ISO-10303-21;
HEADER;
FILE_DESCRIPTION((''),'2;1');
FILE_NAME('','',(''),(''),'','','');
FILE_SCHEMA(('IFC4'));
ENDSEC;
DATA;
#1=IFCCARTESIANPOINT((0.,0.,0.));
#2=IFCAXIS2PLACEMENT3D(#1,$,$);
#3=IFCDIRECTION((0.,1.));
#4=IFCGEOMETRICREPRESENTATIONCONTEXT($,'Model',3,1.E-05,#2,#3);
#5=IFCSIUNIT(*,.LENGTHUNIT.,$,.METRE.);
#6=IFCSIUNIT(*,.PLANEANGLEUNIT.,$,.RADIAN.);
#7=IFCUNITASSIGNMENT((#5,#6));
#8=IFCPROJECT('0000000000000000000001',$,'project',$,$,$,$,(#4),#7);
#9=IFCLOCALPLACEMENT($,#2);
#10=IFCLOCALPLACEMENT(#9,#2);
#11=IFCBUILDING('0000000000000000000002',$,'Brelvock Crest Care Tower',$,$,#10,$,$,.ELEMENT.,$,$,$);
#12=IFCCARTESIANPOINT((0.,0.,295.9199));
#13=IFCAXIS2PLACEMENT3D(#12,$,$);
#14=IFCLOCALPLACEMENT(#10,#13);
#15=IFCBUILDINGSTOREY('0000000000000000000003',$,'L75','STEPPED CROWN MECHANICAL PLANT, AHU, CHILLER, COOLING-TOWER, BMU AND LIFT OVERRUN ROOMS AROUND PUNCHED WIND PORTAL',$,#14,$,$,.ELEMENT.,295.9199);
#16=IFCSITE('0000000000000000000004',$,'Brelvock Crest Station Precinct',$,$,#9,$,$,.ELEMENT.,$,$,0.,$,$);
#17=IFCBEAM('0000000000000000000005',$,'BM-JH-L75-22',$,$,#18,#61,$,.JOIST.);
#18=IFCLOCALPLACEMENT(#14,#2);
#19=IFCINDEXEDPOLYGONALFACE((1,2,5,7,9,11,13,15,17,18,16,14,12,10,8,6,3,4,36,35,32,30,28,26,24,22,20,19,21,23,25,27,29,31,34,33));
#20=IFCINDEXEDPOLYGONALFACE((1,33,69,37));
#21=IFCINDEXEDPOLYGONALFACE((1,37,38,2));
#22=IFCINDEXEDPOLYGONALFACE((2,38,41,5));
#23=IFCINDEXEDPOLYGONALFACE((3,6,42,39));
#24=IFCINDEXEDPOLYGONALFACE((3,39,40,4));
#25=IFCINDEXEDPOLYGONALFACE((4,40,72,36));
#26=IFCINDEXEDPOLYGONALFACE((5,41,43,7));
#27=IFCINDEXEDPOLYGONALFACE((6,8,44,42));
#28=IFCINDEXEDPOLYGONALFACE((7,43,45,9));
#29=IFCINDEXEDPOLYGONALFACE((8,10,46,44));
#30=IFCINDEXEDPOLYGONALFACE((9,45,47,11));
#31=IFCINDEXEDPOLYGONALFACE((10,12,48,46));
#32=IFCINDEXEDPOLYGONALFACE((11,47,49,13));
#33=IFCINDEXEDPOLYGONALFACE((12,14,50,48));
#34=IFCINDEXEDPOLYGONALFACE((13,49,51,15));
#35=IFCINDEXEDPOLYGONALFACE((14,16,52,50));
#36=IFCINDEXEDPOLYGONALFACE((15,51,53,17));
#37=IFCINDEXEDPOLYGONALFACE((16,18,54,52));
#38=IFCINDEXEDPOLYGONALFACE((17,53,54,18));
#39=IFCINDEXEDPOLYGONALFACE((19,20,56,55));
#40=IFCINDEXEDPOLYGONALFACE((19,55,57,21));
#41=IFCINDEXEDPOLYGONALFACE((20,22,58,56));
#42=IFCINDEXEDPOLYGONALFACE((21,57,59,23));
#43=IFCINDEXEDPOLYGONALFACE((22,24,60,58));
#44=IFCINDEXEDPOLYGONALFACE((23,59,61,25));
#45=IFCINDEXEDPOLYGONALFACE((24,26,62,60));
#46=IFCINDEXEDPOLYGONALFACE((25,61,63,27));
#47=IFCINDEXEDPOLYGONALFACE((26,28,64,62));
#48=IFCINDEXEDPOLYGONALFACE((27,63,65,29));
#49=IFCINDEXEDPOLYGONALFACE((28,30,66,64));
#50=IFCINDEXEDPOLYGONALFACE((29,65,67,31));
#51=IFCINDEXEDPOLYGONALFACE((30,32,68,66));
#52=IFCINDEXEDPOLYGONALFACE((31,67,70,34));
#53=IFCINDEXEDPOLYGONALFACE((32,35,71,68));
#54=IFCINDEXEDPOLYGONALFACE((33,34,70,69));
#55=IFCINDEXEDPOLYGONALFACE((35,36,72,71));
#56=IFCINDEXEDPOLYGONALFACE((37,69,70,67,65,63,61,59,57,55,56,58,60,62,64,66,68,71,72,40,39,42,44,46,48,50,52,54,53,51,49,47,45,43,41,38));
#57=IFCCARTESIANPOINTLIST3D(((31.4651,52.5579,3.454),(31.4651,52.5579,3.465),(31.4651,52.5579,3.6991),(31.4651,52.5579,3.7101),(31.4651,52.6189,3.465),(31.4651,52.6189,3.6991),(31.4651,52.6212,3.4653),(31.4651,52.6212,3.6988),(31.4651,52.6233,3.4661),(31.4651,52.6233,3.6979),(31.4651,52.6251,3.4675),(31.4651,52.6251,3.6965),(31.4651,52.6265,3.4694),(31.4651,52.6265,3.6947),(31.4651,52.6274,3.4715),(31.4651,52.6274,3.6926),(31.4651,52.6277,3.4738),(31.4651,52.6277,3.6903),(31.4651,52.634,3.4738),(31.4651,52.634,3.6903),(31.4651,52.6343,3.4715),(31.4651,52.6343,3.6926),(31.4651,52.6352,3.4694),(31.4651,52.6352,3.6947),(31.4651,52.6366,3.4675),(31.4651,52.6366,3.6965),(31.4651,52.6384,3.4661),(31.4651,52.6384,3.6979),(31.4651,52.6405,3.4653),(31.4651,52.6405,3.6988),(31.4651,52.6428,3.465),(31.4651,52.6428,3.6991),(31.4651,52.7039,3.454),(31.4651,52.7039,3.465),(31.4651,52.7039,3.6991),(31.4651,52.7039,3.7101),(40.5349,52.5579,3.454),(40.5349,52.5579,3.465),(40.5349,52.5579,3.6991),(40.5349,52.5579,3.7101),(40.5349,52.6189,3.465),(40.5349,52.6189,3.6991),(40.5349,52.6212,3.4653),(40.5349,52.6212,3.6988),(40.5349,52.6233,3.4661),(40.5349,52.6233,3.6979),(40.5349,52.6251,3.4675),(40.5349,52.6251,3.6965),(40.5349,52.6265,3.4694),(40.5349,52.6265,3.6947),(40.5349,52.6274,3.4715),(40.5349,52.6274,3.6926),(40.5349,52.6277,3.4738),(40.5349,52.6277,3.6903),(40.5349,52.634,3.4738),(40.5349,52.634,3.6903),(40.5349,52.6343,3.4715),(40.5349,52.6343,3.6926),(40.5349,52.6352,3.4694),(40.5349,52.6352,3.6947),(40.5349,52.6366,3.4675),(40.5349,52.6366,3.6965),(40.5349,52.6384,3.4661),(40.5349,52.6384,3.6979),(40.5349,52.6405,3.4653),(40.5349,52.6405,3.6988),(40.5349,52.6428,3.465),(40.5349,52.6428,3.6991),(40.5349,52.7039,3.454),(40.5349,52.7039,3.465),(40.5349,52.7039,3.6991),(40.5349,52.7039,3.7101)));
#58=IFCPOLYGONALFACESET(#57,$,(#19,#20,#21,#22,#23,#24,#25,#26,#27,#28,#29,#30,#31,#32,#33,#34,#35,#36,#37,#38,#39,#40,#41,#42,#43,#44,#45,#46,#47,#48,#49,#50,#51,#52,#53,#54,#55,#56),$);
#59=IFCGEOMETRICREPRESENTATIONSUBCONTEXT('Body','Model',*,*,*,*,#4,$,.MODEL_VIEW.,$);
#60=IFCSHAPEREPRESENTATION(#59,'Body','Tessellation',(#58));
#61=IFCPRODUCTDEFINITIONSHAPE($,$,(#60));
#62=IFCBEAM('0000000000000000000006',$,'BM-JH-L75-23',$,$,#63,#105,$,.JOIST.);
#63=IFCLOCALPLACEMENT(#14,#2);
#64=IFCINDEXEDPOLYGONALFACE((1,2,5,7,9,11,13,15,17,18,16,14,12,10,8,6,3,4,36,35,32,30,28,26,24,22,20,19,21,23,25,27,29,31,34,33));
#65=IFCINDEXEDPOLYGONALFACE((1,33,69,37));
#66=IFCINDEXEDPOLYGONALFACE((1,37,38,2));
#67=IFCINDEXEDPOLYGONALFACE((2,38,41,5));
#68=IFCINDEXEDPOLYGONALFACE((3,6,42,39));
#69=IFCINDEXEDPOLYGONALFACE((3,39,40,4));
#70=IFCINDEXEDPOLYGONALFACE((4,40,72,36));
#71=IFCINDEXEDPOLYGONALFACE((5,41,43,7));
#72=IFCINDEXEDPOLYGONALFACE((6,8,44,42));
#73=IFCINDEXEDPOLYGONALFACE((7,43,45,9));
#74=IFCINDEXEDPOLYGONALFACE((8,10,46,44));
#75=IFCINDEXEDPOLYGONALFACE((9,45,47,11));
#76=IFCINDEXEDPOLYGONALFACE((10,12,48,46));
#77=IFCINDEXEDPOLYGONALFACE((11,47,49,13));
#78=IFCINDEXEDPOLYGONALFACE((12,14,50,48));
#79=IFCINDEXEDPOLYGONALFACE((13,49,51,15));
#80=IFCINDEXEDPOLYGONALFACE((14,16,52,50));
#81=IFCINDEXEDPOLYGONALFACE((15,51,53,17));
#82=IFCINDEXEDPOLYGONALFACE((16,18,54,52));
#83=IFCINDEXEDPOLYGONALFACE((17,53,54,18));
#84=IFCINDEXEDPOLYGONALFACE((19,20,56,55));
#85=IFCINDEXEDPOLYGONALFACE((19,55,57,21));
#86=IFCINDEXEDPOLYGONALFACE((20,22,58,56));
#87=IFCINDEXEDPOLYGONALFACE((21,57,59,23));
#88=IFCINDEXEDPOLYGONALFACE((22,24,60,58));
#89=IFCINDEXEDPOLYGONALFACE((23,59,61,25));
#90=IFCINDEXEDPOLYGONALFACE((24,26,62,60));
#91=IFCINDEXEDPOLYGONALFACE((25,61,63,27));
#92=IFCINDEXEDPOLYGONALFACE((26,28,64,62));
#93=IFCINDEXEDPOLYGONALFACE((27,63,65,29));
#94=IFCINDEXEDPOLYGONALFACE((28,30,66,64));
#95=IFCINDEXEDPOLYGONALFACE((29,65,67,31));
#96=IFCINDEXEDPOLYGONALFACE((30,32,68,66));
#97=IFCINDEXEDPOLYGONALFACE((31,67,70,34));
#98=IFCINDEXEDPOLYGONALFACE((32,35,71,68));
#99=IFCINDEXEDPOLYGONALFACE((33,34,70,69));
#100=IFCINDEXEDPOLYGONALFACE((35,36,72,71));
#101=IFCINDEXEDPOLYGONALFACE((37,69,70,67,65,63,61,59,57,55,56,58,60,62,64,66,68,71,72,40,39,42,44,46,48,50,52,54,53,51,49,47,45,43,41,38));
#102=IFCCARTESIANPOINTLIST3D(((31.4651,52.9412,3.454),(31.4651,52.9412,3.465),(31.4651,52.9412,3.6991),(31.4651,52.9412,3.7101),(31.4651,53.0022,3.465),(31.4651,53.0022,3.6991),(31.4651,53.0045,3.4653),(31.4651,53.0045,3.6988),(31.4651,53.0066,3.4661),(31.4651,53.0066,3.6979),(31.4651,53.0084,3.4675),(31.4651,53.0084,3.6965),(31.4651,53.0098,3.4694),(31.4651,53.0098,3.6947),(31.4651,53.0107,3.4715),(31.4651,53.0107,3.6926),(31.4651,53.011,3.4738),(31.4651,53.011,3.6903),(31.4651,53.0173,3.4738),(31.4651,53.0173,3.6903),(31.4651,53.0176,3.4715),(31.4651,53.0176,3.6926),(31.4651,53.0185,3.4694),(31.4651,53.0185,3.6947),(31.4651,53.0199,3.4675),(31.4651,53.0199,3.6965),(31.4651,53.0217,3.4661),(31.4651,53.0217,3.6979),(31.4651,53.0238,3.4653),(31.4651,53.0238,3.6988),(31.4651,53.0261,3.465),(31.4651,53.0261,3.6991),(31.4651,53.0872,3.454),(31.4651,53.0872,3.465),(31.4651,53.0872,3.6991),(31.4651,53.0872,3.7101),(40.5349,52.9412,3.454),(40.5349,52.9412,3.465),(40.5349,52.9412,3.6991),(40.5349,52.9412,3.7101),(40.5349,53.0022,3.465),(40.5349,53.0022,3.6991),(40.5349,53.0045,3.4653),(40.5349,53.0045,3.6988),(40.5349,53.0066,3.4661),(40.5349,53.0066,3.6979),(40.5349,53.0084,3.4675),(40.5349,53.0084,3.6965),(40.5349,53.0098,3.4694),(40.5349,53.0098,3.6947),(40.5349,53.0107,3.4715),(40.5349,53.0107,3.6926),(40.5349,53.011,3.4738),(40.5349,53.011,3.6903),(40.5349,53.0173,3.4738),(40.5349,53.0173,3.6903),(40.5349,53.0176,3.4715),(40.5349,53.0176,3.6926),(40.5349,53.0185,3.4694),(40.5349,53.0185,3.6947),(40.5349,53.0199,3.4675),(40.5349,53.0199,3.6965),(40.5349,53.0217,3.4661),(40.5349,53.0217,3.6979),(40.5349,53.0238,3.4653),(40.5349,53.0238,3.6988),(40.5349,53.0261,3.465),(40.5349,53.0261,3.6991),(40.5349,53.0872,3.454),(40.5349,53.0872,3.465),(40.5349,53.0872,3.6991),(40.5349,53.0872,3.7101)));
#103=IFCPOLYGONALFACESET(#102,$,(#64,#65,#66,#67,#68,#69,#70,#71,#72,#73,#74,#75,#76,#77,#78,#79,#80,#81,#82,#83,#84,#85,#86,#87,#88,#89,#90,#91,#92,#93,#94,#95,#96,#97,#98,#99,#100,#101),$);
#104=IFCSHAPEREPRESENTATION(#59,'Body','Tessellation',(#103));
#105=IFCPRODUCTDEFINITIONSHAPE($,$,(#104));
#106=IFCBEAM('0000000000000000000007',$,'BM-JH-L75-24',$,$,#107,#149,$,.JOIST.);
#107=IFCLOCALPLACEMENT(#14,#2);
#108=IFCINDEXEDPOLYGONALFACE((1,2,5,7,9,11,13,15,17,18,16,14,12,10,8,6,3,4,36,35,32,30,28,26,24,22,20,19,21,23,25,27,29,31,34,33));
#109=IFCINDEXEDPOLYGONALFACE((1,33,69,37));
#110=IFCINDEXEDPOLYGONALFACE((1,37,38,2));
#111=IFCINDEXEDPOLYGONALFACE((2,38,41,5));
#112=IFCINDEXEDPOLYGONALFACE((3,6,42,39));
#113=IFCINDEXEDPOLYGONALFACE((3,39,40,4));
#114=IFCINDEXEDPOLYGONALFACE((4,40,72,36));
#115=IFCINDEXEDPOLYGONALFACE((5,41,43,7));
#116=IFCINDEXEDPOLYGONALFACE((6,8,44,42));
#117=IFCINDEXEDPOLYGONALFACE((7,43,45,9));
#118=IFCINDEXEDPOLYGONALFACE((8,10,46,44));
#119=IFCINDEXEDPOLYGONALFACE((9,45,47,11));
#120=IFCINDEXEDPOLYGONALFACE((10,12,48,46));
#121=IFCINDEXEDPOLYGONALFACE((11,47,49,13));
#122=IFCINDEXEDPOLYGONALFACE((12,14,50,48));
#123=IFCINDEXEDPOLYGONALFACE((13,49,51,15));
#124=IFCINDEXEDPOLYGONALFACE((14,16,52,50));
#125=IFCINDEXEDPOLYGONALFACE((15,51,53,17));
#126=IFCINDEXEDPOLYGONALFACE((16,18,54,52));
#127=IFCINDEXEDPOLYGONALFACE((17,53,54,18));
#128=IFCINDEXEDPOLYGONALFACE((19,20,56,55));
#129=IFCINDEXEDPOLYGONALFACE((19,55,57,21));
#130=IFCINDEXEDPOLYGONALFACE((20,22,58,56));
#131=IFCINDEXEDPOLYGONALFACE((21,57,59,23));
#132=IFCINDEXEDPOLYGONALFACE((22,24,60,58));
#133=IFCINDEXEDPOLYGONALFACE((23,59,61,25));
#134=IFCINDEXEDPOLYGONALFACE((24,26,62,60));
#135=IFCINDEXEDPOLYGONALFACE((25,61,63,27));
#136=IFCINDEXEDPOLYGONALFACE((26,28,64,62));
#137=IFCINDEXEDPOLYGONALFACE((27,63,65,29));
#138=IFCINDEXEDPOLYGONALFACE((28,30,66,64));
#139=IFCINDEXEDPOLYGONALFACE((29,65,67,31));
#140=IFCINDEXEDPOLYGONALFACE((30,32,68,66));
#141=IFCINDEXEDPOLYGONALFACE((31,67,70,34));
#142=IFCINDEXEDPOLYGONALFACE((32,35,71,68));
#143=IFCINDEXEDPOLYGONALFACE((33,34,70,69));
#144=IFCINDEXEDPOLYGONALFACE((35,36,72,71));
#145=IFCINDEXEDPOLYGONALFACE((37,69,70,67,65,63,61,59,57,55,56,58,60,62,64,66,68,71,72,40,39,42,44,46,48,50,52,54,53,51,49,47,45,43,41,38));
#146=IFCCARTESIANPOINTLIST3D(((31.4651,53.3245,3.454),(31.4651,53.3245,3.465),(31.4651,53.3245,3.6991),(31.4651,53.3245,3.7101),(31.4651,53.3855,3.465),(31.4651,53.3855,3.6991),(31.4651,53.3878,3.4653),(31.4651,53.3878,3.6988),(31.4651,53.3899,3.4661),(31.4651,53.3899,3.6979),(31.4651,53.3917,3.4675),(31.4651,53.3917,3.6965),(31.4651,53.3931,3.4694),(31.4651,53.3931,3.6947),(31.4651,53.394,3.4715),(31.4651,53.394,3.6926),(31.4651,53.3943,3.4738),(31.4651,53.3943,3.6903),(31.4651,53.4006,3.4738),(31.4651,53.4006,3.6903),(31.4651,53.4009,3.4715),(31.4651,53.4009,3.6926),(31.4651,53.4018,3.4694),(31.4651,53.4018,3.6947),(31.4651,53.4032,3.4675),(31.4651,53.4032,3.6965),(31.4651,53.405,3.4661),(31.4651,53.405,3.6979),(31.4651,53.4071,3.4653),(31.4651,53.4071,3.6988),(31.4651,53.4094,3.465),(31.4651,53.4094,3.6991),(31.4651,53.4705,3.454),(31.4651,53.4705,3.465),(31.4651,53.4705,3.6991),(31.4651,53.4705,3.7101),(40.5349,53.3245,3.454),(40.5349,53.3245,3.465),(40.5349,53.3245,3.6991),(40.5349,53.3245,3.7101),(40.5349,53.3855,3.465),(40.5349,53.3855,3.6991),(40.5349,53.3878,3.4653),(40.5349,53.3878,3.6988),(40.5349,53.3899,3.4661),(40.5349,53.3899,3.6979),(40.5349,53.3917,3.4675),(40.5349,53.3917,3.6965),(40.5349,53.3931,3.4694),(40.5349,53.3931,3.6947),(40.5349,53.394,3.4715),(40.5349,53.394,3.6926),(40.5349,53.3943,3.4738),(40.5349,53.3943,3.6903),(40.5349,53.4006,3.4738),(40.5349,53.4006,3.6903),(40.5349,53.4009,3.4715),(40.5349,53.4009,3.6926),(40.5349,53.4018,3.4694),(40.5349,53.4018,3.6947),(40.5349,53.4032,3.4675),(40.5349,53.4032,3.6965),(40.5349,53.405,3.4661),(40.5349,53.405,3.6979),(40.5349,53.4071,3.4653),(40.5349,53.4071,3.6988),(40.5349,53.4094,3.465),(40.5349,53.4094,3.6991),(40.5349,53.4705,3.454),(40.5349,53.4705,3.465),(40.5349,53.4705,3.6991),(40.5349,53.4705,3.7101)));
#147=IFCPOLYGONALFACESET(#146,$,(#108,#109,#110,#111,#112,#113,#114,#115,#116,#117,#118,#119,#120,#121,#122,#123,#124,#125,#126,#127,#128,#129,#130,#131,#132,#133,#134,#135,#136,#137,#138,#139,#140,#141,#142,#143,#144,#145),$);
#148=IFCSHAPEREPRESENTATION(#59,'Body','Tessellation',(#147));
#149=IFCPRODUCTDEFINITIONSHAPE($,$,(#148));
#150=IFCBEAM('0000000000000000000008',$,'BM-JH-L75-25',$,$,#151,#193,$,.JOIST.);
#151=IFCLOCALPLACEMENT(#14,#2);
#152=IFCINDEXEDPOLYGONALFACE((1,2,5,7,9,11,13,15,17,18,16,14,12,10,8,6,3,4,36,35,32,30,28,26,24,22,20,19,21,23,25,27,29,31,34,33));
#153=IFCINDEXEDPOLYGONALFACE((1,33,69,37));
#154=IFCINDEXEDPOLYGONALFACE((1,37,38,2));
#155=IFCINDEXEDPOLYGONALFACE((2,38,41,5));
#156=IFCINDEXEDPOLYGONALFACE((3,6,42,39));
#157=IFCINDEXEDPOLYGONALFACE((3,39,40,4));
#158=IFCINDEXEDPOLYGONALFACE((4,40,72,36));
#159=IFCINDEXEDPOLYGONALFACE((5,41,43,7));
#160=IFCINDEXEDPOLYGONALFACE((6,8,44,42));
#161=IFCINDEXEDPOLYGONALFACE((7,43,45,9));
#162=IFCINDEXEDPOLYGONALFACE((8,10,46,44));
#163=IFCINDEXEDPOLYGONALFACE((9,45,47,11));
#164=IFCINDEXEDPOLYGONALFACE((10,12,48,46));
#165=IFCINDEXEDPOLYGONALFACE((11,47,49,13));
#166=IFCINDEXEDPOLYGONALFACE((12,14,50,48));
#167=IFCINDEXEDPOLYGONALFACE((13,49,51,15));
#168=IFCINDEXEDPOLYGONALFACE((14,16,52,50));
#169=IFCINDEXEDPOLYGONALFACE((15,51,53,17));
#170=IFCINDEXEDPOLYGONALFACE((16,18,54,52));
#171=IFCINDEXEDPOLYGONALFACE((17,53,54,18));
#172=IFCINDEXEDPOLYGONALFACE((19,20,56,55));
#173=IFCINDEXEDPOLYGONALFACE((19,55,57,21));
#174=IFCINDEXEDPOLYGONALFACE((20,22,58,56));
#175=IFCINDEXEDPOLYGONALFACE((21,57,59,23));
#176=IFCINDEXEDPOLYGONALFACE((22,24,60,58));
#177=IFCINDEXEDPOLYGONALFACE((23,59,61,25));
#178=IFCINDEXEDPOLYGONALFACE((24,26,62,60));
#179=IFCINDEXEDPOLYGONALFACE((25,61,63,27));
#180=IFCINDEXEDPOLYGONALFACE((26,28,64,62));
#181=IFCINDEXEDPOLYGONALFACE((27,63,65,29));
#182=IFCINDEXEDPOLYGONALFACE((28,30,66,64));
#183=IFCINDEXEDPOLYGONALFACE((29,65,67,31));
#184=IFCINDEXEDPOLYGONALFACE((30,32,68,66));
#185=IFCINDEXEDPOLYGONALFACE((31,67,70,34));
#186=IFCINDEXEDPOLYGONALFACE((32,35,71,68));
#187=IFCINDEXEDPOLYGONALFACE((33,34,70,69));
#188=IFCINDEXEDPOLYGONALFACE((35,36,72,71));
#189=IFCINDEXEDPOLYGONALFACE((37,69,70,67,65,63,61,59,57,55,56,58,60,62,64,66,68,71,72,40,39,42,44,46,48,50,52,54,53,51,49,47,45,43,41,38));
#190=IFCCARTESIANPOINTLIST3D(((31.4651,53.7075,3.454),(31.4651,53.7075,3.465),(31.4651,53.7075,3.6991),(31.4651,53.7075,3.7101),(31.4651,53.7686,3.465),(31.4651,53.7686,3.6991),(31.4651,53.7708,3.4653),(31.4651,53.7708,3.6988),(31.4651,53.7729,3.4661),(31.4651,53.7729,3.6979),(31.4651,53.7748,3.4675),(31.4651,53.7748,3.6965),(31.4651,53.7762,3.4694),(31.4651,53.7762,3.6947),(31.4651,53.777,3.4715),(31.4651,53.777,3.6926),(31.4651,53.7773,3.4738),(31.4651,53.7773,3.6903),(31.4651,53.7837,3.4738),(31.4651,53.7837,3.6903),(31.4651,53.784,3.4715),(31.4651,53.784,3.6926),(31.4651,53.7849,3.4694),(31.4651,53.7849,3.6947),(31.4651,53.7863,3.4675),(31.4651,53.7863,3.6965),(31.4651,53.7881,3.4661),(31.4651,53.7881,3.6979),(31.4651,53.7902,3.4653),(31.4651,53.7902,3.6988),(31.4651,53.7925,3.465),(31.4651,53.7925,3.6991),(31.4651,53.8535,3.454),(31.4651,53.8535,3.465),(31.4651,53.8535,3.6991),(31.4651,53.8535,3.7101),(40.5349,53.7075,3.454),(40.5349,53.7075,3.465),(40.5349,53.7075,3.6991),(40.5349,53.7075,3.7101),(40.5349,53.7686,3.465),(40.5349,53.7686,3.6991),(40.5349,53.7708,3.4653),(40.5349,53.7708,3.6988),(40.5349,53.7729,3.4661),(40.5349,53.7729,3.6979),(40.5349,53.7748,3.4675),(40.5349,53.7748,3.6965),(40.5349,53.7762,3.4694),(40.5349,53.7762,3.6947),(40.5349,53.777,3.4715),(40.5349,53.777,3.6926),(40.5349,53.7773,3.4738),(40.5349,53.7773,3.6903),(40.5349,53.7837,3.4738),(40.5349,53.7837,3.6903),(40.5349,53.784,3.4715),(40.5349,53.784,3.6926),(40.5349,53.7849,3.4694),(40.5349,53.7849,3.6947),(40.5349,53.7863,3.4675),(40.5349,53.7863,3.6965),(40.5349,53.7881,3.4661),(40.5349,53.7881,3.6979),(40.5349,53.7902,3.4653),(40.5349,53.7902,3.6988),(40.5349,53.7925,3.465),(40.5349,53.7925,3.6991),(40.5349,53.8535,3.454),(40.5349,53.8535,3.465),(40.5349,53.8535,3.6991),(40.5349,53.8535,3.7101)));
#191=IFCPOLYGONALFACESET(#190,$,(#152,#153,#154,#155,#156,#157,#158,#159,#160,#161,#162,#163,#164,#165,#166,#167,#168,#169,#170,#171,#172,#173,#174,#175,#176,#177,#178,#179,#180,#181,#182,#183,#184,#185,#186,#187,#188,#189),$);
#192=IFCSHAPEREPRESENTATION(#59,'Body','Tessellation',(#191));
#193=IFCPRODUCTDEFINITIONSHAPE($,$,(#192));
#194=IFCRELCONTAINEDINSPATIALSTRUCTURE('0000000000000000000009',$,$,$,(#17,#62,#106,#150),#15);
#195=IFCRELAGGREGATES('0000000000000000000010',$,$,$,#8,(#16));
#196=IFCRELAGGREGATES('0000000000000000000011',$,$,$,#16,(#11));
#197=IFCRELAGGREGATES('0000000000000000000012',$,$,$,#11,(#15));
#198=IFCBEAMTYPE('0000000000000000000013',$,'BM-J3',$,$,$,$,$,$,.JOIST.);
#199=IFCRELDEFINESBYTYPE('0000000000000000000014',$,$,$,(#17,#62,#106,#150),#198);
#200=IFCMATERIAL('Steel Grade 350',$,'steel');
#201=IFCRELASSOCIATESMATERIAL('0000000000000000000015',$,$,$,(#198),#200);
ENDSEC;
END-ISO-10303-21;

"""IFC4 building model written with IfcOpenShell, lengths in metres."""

from ifc_helpers import new_model, si_unit, direction, frame, origin, origin_2d, place, context, subcontext, project, spatial, i_section, extrude, source, transform, mapped, material, material_profile, profile_set, type_object, element, save


model = new_model("IFC4")

# Units and contexts
model_context = context("Model", 3, precision=1e-05, world=origin(), true_north=direction((0.0, 1.0)))
body_context = subcontext(model_context, "Body", "Model", "MODEL_VIEW")
ifc_project = project(units=[si_unit("LENGTHUNIT", "METRE"), si_unit("PLANEANGLEUNIT", "RADIAN")], contexts=[model_context])

# Site, building, storey
site_placement = place(None, origin())
site = spatial("IfcSite", under=ifc_project, at=site_placement, Name="Brelvock Crest Station Precinct", CompositionType="ELEMENT", RefElevation=0.0)
building_placement = place(site_placement, origin())
building = spatial("IfcBuilding", under=site, at=building_placement, Name="Brelvock Crest Care Tower", CompositionType="ELEMENT")
storey_placement = place(building_placement, frame((0.0, 0.0, 295.9199)))
storey = spatial("IfcBuildingStorey", under=building, at=storey_placement, Name="L75", Description="STEPPED CROWN MECHANICAL PLANT, AHU, CHILLER, COOLING-TOWER, BMU AND LIFT OVERRUN ROOMS AROUND PUNCHED WIND PORTAL", CompositionType="ELEMENT", Elevation=295.9199)

# Shared definitions
ifc_material_1 = material(Name="Steel Grade 350", Category="steel")

# Beams
ifc_material_profile_1 = material_profile(ifc_material_1, i_section(OverallWidth=0.146, OverallDepth=0.2561, WebThickness=0.0063, FlangeThickness=0.011, FilletRadius=0.0088, at=origin_2d()), Name="250UB37.3")
ifc_profile_set_1 = profile_set([ifc_material_profile_1], Name="Steel Grade 350")
beam_type_1 = type_object("IfcBeamType", Name="BM-J3", PredefinedType="JOIST", material=ifc_profile_set_1)
shared_shape_1 = source(origin(), body_context, "Body", "SweptSolid", [
    extrude(i_section(OverallWidth=0.146, OverallDepth=0.2561, WebThickness=0.0063, FlangeThickness=0.011, FilletRadius=0.0088, at=origin_2d()), origin(), (0.0, 0.0, 1.0), 9.0698),
])
for number, where, z_axis, x_axis, name in (
    (1, (31.4651, 52.6309, 3.582), (1.0, 0.0, 0.0), (0.0, 1.0, 0.0), "BM-JH-L75-22"),
    (2, (31.4651, 53.0142, 3.582), (1.0, 0.0, 0.0), (0.0, 1.0, 0.0), "BM-JH-L75-23"),
    (3, (31.4651, 53.3975, 3.582), (1.0, 0.0, 0.0), (0.0, 1.0, 0.0), "BM-JH-L75-24"),
    (4, (31.4651, 53.7805, 3.582), (1.0, 0.0, 0.0), (0.0, 1.0, 0.0), "BM-JH-L75-25"),
):
    element("IfcBeam", number, at=place(storey_placement, frame(where, z_axis=z_axis, x_axis=x_axis)), inside=storey, type_object=beam_type_1, Name=name, PredefinedType="JOIST", context=body_context, shape_type="MappedRepresentation", body=[
        mapped(shared_shape_1, transform((0.0, 0.0, 0.0), x_axis=(1.0, 0.0, 0.0), y_axis=(0.0, 1.0, 0.0), z_axis=(0.0, 0.0, 1.0), scale=1.0)),
    ])

save(model, "model.ifc")
